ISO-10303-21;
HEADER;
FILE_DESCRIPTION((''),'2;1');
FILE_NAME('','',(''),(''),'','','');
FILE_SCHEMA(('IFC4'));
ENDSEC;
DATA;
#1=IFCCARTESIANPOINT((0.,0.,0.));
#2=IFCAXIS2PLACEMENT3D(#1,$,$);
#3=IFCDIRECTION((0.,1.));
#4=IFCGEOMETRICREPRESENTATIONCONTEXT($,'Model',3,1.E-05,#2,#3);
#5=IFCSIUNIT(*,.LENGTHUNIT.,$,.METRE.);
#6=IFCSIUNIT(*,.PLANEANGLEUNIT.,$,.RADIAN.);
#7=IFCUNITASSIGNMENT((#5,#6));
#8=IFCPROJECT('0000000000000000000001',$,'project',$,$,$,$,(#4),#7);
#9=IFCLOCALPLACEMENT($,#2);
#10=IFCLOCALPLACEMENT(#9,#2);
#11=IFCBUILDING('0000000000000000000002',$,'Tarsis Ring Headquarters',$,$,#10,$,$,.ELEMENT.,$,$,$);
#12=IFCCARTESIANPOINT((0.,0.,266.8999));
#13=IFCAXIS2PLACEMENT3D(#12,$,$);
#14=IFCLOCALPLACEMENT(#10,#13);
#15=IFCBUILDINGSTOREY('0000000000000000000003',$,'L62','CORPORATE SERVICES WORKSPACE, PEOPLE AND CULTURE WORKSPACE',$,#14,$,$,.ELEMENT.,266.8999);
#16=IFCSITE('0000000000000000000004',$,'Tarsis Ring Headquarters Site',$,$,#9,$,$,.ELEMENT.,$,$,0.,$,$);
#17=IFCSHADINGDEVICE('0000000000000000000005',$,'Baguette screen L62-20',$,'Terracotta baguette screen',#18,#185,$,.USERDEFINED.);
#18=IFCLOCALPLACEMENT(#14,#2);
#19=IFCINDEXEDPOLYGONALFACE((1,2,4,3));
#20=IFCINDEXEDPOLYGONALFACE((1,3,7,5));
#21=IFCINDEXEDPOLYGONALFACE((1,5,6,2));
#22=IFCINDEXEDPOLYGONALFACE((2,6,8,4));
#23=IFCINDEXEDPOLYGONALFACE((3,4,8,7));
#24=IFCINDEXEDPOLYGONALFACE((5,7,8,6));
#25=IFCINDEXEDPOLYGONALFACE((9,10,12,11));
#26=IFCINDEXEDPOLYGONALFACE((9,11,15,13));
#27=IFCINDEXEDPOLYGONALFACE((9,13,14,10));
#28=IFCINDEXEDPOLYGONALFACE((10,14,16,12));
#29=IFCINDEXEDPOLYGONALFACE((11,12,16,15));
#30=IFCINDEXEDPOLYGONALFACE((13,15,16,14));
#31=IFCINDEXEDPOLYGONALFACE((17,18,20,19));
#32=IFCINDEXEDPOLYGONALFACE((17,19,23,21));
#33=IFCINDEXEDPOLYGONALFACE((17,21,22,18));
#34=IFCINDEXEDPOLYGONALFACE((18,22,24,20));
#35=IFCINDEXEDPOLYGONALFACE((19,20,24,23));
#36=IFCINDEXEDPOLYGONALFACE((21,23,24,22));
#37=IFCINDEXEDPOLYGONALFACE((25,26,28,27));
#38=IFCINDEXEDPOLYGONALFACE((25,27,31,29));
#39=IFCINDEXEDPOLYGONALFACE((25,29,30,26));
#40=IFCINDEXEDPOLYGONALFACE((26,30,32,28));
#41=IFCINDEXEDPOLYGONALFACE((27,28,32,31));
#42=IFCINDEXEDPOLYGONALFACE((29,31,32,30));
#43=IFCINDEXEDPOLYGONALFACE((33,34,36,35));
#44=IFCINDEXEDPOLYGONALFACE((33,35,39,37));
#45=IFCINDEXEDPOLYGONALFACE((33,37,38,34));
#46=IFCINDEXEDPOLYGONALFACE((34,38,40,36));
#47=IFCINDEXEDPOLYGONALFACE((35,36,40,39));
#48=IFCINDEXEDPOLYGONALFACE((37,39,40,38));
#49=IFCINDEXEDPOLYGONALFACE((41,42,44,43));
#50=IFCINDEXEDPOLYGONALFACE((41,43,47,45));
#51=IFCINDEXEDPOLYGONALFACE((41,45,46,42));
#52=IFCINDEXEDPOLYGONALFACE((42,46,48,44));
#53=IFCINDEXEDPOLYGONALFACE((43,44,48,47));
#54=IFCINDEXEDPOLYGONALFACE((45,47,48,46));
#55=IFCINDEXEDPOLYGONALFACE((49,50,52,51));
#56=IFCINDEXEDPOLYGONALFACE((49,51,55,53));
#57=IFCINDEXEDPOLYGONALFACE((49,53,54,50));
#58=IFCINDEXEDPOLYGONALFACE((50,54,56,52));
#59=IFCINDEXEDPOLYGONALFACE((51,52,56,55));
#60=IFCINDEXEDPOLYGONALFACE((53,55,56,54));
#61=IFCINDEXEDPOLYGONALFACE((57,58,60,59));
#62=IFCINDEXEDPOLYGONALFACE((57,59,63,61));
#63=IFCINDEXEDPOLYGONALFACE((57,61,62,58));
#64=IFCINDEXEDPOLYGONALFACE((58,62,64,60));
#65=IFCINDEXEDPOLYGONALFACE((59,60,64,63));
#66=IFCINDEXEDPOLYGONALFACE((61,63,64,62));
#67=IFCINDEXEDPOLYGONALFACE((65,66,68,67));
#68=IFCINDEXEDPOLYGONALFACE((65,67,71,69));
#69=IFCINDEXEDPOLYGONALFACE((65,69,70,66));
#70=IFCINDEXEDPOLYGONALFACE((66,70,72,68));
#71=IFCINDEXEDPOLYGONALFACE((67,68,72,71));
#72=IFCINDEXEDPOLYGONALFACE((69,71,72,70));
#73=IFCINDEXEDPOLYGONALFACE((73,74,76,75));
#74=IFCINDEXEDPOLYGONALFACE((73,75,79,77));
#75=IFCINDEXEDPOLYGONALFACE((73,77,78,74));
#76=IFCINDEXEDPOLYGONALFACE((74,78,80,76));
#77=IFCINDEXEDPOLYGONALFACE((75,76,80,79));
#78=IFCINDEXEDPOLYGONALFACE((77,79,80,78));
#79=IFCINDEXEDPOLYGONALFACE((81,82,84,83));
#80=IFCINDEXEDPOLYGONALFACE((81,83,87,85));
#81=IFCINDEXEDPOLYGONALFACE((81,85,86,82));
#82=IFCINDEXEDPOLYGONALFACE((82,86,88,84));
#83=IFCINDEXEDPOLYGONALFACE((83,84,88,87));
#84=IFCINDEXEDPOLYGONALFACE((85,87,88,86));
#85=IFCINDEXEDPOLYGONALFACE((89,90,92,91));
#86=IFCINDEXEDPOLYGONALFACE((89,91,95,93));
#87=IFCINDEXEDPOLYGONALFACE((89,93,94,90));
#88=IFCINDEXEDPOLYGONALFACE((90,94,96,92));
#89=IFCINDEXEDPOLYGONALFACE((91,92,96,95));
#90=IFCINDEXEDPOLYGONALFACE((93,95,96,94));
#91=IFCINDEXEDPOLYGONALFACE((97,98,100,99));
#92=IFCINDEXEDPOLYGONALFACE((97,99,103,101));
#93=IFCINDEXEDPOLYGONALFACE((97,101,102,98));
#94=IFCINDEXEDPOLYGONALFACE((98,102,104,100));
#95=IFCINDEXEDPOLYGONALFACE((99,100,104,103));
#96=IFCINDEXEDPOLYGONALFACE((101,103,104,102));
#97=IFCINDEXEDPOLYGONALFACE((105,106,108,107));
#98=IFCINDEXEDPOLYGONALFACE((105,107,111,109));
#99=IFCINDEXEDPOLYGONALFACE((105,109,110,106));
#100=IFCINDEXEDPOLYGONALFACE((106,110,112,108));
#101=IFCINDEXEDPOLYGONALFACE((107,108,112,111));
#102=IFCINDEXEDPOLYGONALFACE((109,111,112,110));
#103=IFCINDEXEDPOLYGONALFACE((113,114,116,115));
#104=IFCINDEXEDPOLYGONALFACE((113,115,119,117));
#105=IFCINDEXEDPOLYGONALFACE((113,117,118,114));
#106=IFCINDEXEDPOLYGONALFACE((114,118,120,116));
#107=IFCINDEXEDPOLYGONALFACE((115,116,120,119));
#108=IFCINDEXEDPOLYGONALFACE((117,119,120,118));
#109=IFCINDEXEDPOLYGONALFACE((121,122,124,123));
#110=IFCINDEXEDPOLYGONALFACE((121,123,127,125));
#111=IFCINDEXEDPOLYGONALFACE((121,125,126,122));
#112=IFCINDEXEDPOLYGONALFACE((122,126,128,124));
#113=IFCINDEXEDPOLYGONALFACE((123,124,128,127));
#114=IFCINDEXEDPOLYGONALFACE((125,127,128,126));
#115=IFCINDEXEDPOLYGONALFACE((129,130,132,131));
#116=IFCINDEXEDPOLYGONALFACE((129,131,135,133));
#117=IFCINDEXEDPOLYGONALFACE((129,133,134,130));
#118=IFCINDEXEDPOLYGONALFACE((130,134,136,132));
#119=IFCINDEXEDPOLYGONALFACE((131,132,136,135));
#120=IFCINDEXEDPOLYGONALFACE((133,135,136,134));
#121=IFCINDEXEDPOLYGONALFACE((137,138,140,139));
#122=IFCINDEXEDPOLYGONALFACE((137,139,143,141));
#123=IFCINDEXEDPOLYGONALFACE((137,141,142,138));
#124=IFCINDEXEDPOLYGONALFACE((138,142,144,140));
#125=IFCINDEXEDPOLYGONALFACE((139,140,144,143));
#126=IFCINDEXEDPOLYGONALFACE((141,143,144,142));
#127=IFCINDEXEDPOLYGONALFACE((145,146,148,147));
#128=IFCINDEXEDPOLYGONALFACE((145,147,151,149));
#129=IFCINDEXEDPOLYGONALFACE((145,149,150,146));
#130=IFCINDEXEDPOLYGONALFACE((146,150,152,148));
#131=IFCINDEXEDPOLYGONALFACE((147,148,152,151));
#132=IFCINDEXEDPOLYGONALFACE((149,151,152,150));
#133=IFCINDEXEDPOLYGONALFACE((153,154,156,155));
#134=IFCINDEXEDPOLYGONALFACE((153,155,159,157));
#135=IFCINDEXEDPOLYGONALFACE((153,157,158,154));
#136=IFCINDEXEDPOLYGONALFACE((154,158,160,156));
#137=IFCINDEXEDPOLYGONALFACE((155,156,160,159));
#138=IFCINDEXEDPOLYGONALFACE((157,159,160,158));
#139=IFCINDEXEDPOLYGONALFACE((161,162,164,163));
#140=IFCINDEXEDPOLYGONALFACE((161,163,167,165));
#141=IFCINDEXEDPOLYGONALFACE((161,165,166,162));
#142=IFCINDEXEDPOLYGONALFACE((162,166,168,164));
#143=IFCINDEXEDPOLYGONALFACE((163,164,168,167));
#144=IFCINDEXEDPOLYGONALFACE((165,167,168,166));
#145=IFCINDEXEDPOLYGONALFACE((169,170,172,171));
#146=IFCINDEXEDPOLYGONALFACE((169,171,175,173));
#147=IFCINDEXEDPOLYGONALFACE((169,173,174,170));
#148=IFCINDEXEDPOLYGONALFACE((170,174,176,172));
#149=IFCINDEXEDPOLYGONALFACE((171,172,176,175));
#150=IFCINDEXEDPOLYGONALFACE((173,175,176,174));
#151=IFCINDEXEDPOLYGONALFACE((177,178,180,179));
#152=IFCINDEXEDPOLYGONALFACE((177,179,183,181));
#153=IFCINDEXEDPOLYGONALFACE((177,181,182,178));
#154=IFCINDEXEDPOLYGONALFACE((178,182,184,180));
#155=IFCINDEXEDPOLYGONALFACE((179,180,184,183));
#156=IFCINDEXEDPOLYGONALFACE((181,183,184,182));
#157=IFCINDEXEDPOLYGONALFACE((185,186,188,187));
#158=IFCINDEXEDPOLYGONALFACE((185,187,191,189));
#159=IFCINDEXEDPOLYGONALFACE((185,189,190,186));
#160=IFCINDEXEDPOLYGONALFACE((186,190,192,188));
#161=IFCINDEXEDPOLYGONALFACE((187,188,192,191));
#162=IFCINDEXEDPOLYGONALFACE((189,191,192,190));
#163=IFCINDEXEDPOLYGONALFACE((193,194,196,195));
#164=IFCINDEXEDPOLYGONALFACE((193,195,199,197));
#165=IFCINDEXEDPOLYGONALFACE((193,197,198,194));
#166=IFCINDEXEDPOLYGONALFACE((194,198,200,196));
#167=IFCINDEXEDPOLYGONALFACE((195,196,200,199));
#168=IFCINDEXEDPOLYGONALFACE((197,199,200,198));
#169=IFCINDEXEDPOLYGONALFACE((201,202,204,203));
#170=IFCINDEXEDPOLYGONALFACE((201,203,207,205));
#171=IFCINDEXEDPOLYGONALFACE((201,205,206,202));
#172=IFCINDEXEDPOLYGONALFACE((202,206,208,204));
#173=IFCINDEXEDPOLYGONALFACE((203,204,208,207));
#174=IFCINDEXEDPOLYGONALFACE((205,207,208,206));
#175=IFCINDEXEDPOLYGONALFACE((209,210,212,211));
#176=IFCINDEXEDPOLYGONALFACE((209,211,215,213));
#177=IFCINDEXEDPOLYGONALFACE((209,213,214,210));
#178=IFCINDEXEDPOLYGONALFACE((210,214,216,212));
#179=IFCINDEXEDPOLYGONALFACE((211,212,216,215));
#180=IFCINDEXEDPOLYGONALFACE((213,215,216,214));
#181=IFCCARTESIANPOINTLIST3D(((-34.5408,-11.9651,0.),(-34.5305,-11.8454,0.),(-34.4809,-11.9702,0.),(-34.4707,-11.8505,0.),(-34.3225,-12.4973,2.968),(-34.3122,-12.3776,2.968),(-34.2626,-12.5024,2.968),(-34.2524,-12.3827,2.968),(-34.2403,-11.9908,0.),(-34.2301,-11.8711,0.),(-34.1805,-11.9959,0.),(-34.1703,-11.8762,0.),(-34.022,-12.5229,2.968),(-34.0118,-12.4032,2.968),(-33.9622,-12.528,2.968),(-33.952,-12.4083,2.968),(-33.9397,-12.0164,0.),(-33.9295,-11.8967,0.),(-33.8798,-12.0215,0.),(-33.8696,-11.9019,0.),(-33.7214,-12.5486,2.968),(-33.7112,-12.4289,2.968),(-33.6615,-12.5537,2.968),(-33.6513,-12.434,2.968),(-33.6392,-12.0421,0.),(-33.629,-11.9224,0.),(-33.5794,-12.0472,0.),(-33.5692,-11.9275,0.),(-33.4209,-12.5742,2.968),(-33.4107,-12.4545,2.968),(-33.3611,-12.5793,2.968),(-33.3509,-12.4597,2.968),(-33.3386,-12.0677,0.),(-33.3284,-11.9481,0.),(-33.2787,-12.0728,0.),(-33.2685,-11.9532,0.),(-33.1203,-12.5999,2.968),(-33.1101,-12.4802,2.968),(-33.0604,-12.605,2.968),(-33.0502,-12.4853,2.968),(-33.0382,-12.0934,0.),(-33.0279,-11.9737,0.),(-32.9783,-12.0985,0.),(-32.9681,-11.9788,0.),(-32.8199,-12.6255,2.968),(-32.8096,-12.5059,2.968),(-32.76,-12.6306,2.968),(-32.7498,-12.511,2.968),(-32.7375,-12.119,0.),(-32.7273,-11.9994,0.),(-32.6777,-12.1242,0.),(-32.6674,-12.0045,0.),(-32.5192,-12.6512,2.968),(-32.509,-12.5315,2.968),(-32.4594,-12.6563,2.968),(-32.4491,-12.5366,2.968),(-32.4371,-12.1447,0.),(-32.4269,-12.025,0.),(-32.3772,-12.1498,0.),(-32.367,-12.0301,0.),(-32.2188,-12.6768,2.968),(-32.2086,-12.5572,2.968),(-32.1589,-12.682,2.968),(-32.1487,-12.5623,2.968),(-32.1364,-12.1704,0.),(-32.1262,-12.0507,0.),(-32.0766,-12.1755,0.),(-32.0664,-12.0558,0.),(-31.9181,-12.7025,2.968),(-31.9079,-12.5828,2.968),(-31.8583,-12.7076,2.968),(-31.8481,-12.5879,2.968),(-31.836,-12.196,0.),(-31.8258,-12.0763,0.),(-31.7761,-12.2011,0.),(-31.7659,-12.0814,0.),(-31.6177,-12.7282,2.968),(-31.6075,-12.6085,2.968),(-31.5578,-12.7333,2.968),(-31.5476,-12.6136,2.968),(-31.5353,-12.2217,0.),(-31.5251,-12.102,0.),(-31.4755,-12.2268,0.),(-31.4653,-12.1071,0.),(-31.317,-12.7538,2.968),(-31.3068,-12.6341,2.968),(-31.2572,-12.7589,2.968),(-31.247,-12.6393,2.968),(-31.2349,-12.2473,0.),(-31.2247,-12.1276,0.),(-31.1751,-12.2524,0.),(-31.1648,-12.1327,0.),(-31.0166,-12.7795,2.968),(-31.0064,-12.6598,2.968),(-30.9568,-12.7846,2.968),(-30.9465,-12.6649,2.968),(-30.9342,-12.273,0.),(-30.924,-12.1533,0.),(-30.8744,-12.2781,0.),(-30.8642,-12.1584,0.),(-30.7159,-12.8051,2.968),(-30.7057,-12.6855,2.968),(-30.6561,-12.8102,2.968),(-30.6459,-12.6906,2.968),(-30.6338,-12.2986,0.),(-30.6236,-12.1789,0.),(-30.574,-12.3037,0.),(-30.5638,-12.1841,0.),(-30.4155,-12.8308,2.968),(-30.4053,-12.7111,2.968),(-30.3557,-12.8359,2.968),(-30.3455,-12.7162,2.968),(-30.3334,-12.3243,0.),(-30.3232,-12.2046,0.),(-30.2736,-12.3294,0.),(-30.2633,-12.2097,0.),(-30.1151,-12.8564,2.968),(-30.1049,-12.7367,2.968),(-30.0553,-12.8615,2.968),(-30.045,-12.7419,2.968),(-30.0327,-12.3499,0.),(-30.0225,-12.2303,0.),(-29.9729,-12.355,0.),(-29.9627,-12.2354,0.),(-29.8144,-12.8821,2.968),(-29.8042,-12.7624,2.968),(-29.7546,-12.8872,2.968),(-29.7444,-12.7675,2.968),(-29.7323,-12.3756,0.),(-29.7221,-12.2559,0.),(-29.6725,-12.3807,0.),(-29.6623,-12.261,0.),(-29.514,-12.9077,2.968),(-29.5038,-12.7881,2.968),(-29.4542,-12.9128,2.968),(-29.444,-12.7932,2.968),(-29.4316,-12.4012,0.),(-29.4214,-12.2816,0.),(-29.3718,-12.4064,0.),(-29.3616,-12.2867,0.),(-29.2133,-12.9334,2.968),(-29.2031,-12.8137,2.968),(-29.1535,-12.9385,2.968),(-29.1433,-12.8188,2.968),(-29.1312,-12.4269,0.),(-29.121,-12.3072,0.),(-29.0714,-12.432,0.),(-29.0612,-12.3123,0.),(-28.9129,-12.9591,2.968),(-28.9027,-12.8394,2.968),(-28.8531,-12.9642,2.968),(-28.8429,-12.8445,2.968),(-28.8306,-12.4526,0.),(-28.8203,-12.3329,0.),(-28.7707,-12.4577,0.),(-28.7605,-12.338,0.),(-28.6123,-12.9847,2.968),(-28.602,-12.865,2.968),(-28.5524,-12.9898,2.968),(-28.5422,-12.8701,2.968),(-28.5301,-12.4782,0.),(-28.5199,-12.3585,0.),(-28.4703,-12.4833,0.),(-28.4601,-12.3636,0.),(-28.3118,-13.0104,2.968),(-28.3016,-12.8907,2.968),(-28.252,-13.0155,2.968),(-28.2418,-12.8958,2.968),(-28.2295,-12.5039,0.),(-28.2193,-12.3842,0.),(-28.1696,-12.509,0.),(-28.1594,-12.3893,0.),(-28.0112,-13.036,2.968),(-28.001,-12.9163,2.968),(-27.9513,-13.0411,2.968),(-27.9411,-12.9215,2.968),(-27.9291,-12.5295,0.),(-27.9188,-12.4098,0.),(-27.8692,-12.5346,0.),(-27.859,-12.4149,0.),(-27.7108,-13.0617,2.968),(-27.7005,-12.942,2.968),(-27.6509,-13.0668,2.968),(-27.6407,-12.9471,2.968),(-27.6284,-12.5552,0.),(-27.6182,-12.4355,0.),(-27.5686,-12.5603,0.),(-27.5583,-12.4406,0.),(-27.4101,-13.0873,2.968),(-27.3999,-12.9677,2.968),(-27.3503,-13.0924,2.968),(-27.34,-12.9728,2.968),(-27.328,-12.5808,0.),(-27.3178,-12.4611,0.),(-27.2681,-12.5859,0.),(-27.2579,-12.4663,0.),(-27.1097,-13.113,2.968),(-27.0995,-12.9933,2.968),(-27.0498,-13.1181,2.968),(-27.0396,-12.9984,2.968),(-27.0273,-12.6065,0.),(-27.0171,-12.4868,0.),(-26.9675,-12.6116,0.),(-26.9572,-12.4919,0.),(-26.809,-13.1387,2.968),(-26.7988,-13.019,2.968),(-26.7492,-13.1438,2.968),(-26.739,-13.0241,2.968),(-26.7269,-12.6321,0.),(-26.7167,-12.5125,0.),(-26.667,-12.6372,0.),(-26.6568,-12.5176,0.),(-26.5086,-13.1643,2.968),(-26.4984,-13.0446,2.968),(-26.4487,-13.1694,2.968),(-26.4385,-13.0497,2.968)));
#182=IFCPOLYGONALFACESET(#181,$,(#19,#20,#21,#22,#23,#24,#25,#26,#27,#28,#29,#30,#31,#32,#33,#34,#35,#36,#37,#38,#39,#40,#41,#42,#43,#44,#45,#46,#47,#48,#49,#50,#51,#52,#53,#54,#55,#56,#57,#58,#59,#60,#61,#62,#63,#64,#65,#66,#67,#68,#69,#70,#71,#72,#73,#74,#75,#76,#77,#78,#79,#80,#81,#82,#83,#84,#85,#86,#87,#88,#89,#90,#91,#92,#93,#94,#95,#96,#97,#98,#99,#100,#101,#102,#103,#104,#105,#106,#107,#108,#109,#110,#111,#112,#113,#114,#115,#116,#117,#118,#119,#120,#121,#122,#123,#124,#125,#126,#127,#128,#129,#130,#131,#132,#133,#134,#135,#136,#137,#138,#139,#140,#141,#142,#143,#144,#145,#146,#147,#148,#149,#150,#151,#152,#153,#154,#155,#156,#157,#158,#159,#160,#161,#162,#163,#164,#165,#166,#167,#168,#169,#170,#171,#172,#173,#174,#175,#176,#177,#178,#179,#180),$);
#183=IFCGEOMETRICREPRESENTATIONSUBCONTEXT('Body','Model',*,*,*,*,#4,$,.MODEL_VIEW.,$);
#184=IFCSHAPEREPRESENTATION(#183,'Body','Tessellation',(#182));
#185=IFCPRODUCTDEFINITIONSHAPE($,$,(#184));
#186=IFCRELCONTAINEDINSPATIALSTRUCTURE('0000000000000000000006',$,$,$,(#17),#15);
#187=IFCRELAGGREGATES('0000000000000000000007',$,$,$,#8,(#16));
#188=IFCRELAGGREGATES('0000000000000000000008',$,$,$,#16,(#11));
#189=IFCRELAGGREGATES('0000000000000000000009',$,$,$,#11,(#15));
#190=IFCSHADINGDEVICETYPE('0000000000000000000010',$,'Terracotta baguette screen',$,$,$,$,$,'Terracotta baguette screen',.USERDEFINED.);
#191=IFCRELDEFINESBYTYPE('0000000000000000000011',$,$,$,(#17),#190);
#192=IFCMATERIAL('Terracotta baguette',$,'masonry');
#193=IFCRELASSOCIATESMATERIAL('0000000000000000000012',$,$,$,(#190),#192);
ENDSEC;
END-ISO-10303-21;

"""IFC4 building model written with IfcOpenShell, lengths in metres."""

from ifc_helpers import new_model, si_unit, direction, frame, frame_2d, origin, place, context, subcontext, project, spatial, rectangle, composite_profile, extrude, material, type_object, element, save


model = new_model("IFC4")

# Units and contexts
model_context = context("Model", 3, precision=1e-05, world=origin(), true_north=direction((0.0, 1.0)))
body_context = subcontext(model_context, "Body", "Model", "MODEL_VIEW")
ifc_project = project(units=[si_unit("LENGTHUNIT", "METRE"), si_unit("PLANEANGLEUNIT", "RADIAN")], contexts=[model_context])

# Site, building, storey
site_placement = place(None, origin())
site = spatial("IfcSite", under=ifc_project, at=site_placement, Name="Tarsis Ring Headquarters Site", CompositionType="ELEMENT", RefElevation=0.0)
building_placement = place(site_placement, origin())
building = spatial("IfcBuilding", under=site, at=building_placement, Name="Tarsis Ring Headquarters", CompositionType="ELEMENT")
storey_placement = place(building_placement, frame((0.0, 0.0, 266.8999)))
storey = spatial("IfcBuildingStorey", under=building, at=storey_placement, Name="L62", Description="CORPORATE SERVICES WORKSPACE, PEOPLE AND CULTURE WORKSPACE", CompositionType="ELEMENT", Elevation=266.8999)

# Shading device
ifc_material_1 = material(Name="Terracotta baguette", Category="masonry")
shading_device_type = type_object("IfcShadingDeviceType", Name="Terracotta baguette screen", ElementType="Terracotta baguette screen", PredefinedType="USERDEFINED", material=ifc_material_1)
shading_device_1_placement = place(storey_placement, frame((-34.5356, -11.9053, 0.0), z_axis=(0.0, 0.0, 1.0), x_axis=(0.996385, -0.085056, 0.0)))
element("IfcShadingDevice", 1, at=shading_device_1_placement, inside=storey, type_object=shading_device_type, Name="Baguette screen L62-20", ObjectType="Terracotta baguette screen", PredefinedType="USERDEFINED", context=body_context, shape_type="SweptSolid", body=[
    extrude(composite_profile([rectangle(XDim=0.0601, YDim=0.1201, at=frame_2d((0.03, 0.0))), rectangle(XDim=0.0601, YDim=0.1201, at=frame_2d((0.3315, 0.0))), rectangle(XDim=0.0601, YDim=0.1201, at=frame_2d((0.6333, 0.0))), rectangle(XDim=0.0601, YDim=0.1201, at=frame_2d((0.9348, 0.0))), rectangle(XDim=0.0601, YDim=0.1201, at=frame_2d((1.2366, 0.0))), rectangle(XDim=0.0601, YDim=0.1201, at=frame_2d((1.5381, 0.0))), rectangle(XDim=0.0601, YDim=0.1201, at=frame_2d((1.8398, 0.0))), rectangle(XDim=0.0601, YDim=0.1201, at=frame_2d((2.1414, 0.0))), rectangle(XDim=0.0601, YDim=0.1201, at=frame_2d((2.4431, 0.0))), rectangle(XDim=0.0601, YDim=0.1201, at=frame_2d((2.7446, 0.0))), rectangle(XDim=0.0601, YDim=0.1201, at=frame_2d((3.0464, 0.0))), rectangle(XDim=0.0601, YDim=0.1201, at=frame_2d((3.3479, 0.0))), rectangle(XDim=0.0601, YDim=0.1201, at=frame_2d((3.6497, 0.0))), rectangle(XDim=0.0601, YDim=0.1201, at=frame_2d((3.9512, 0.0))), rectangle(XDim=0.0601, YDim=0.1201, at=frame_2d((4.2527, 0.0))), rectangle(XDim=0.0601, YDim=0.1201, at=frame_2d((4.5544, 0.0))), rectangle(XDim=0.0601, YDim=0.1201, at=frame_2d((4.856, 0.0))), rectangle(XDim=0.0601, YDim=0.1201, at=frame_2d((5.1577, 0.0))), rectangle(XDim=0.0601, YDim=0.1201, at=frame_2d((5.4592, 0.0))), rectangle(XDim=0.0601, YDim=0.1201, at=frame_2d((5.761, 0.0))), rectangle(XDim=0.0601, YDim=0.1201, at=frame_2d((6.0625, 0.0))), rectangle(XDim=0.0601, YDim=0.1201, at=frame_2d((6.3643, 0.0))), rectangle(XDim=0.0601, YDim=0.1201, at=frame_2d((6.6658, 0.0))), rectangle(XDim=0.0601, YDim=0.1201, at=frame_2d((6.9675, 0.0))), rectangle(XDim=0.0601, YDim=0.1201, at=frame_2d((7.269, 0.0))), rectangle(XDim=0.0601, YDim=0.1201, at=frame_2d((7.5708, 0.0))), rectangle(XDim=0.0601, YDim=0.1201, at=frame_2d((7.8723, 0.0)))]), origin(), (0.086918, -0.169245, 0.981734), 3.0232),
])

save(model, "model.ifc")
